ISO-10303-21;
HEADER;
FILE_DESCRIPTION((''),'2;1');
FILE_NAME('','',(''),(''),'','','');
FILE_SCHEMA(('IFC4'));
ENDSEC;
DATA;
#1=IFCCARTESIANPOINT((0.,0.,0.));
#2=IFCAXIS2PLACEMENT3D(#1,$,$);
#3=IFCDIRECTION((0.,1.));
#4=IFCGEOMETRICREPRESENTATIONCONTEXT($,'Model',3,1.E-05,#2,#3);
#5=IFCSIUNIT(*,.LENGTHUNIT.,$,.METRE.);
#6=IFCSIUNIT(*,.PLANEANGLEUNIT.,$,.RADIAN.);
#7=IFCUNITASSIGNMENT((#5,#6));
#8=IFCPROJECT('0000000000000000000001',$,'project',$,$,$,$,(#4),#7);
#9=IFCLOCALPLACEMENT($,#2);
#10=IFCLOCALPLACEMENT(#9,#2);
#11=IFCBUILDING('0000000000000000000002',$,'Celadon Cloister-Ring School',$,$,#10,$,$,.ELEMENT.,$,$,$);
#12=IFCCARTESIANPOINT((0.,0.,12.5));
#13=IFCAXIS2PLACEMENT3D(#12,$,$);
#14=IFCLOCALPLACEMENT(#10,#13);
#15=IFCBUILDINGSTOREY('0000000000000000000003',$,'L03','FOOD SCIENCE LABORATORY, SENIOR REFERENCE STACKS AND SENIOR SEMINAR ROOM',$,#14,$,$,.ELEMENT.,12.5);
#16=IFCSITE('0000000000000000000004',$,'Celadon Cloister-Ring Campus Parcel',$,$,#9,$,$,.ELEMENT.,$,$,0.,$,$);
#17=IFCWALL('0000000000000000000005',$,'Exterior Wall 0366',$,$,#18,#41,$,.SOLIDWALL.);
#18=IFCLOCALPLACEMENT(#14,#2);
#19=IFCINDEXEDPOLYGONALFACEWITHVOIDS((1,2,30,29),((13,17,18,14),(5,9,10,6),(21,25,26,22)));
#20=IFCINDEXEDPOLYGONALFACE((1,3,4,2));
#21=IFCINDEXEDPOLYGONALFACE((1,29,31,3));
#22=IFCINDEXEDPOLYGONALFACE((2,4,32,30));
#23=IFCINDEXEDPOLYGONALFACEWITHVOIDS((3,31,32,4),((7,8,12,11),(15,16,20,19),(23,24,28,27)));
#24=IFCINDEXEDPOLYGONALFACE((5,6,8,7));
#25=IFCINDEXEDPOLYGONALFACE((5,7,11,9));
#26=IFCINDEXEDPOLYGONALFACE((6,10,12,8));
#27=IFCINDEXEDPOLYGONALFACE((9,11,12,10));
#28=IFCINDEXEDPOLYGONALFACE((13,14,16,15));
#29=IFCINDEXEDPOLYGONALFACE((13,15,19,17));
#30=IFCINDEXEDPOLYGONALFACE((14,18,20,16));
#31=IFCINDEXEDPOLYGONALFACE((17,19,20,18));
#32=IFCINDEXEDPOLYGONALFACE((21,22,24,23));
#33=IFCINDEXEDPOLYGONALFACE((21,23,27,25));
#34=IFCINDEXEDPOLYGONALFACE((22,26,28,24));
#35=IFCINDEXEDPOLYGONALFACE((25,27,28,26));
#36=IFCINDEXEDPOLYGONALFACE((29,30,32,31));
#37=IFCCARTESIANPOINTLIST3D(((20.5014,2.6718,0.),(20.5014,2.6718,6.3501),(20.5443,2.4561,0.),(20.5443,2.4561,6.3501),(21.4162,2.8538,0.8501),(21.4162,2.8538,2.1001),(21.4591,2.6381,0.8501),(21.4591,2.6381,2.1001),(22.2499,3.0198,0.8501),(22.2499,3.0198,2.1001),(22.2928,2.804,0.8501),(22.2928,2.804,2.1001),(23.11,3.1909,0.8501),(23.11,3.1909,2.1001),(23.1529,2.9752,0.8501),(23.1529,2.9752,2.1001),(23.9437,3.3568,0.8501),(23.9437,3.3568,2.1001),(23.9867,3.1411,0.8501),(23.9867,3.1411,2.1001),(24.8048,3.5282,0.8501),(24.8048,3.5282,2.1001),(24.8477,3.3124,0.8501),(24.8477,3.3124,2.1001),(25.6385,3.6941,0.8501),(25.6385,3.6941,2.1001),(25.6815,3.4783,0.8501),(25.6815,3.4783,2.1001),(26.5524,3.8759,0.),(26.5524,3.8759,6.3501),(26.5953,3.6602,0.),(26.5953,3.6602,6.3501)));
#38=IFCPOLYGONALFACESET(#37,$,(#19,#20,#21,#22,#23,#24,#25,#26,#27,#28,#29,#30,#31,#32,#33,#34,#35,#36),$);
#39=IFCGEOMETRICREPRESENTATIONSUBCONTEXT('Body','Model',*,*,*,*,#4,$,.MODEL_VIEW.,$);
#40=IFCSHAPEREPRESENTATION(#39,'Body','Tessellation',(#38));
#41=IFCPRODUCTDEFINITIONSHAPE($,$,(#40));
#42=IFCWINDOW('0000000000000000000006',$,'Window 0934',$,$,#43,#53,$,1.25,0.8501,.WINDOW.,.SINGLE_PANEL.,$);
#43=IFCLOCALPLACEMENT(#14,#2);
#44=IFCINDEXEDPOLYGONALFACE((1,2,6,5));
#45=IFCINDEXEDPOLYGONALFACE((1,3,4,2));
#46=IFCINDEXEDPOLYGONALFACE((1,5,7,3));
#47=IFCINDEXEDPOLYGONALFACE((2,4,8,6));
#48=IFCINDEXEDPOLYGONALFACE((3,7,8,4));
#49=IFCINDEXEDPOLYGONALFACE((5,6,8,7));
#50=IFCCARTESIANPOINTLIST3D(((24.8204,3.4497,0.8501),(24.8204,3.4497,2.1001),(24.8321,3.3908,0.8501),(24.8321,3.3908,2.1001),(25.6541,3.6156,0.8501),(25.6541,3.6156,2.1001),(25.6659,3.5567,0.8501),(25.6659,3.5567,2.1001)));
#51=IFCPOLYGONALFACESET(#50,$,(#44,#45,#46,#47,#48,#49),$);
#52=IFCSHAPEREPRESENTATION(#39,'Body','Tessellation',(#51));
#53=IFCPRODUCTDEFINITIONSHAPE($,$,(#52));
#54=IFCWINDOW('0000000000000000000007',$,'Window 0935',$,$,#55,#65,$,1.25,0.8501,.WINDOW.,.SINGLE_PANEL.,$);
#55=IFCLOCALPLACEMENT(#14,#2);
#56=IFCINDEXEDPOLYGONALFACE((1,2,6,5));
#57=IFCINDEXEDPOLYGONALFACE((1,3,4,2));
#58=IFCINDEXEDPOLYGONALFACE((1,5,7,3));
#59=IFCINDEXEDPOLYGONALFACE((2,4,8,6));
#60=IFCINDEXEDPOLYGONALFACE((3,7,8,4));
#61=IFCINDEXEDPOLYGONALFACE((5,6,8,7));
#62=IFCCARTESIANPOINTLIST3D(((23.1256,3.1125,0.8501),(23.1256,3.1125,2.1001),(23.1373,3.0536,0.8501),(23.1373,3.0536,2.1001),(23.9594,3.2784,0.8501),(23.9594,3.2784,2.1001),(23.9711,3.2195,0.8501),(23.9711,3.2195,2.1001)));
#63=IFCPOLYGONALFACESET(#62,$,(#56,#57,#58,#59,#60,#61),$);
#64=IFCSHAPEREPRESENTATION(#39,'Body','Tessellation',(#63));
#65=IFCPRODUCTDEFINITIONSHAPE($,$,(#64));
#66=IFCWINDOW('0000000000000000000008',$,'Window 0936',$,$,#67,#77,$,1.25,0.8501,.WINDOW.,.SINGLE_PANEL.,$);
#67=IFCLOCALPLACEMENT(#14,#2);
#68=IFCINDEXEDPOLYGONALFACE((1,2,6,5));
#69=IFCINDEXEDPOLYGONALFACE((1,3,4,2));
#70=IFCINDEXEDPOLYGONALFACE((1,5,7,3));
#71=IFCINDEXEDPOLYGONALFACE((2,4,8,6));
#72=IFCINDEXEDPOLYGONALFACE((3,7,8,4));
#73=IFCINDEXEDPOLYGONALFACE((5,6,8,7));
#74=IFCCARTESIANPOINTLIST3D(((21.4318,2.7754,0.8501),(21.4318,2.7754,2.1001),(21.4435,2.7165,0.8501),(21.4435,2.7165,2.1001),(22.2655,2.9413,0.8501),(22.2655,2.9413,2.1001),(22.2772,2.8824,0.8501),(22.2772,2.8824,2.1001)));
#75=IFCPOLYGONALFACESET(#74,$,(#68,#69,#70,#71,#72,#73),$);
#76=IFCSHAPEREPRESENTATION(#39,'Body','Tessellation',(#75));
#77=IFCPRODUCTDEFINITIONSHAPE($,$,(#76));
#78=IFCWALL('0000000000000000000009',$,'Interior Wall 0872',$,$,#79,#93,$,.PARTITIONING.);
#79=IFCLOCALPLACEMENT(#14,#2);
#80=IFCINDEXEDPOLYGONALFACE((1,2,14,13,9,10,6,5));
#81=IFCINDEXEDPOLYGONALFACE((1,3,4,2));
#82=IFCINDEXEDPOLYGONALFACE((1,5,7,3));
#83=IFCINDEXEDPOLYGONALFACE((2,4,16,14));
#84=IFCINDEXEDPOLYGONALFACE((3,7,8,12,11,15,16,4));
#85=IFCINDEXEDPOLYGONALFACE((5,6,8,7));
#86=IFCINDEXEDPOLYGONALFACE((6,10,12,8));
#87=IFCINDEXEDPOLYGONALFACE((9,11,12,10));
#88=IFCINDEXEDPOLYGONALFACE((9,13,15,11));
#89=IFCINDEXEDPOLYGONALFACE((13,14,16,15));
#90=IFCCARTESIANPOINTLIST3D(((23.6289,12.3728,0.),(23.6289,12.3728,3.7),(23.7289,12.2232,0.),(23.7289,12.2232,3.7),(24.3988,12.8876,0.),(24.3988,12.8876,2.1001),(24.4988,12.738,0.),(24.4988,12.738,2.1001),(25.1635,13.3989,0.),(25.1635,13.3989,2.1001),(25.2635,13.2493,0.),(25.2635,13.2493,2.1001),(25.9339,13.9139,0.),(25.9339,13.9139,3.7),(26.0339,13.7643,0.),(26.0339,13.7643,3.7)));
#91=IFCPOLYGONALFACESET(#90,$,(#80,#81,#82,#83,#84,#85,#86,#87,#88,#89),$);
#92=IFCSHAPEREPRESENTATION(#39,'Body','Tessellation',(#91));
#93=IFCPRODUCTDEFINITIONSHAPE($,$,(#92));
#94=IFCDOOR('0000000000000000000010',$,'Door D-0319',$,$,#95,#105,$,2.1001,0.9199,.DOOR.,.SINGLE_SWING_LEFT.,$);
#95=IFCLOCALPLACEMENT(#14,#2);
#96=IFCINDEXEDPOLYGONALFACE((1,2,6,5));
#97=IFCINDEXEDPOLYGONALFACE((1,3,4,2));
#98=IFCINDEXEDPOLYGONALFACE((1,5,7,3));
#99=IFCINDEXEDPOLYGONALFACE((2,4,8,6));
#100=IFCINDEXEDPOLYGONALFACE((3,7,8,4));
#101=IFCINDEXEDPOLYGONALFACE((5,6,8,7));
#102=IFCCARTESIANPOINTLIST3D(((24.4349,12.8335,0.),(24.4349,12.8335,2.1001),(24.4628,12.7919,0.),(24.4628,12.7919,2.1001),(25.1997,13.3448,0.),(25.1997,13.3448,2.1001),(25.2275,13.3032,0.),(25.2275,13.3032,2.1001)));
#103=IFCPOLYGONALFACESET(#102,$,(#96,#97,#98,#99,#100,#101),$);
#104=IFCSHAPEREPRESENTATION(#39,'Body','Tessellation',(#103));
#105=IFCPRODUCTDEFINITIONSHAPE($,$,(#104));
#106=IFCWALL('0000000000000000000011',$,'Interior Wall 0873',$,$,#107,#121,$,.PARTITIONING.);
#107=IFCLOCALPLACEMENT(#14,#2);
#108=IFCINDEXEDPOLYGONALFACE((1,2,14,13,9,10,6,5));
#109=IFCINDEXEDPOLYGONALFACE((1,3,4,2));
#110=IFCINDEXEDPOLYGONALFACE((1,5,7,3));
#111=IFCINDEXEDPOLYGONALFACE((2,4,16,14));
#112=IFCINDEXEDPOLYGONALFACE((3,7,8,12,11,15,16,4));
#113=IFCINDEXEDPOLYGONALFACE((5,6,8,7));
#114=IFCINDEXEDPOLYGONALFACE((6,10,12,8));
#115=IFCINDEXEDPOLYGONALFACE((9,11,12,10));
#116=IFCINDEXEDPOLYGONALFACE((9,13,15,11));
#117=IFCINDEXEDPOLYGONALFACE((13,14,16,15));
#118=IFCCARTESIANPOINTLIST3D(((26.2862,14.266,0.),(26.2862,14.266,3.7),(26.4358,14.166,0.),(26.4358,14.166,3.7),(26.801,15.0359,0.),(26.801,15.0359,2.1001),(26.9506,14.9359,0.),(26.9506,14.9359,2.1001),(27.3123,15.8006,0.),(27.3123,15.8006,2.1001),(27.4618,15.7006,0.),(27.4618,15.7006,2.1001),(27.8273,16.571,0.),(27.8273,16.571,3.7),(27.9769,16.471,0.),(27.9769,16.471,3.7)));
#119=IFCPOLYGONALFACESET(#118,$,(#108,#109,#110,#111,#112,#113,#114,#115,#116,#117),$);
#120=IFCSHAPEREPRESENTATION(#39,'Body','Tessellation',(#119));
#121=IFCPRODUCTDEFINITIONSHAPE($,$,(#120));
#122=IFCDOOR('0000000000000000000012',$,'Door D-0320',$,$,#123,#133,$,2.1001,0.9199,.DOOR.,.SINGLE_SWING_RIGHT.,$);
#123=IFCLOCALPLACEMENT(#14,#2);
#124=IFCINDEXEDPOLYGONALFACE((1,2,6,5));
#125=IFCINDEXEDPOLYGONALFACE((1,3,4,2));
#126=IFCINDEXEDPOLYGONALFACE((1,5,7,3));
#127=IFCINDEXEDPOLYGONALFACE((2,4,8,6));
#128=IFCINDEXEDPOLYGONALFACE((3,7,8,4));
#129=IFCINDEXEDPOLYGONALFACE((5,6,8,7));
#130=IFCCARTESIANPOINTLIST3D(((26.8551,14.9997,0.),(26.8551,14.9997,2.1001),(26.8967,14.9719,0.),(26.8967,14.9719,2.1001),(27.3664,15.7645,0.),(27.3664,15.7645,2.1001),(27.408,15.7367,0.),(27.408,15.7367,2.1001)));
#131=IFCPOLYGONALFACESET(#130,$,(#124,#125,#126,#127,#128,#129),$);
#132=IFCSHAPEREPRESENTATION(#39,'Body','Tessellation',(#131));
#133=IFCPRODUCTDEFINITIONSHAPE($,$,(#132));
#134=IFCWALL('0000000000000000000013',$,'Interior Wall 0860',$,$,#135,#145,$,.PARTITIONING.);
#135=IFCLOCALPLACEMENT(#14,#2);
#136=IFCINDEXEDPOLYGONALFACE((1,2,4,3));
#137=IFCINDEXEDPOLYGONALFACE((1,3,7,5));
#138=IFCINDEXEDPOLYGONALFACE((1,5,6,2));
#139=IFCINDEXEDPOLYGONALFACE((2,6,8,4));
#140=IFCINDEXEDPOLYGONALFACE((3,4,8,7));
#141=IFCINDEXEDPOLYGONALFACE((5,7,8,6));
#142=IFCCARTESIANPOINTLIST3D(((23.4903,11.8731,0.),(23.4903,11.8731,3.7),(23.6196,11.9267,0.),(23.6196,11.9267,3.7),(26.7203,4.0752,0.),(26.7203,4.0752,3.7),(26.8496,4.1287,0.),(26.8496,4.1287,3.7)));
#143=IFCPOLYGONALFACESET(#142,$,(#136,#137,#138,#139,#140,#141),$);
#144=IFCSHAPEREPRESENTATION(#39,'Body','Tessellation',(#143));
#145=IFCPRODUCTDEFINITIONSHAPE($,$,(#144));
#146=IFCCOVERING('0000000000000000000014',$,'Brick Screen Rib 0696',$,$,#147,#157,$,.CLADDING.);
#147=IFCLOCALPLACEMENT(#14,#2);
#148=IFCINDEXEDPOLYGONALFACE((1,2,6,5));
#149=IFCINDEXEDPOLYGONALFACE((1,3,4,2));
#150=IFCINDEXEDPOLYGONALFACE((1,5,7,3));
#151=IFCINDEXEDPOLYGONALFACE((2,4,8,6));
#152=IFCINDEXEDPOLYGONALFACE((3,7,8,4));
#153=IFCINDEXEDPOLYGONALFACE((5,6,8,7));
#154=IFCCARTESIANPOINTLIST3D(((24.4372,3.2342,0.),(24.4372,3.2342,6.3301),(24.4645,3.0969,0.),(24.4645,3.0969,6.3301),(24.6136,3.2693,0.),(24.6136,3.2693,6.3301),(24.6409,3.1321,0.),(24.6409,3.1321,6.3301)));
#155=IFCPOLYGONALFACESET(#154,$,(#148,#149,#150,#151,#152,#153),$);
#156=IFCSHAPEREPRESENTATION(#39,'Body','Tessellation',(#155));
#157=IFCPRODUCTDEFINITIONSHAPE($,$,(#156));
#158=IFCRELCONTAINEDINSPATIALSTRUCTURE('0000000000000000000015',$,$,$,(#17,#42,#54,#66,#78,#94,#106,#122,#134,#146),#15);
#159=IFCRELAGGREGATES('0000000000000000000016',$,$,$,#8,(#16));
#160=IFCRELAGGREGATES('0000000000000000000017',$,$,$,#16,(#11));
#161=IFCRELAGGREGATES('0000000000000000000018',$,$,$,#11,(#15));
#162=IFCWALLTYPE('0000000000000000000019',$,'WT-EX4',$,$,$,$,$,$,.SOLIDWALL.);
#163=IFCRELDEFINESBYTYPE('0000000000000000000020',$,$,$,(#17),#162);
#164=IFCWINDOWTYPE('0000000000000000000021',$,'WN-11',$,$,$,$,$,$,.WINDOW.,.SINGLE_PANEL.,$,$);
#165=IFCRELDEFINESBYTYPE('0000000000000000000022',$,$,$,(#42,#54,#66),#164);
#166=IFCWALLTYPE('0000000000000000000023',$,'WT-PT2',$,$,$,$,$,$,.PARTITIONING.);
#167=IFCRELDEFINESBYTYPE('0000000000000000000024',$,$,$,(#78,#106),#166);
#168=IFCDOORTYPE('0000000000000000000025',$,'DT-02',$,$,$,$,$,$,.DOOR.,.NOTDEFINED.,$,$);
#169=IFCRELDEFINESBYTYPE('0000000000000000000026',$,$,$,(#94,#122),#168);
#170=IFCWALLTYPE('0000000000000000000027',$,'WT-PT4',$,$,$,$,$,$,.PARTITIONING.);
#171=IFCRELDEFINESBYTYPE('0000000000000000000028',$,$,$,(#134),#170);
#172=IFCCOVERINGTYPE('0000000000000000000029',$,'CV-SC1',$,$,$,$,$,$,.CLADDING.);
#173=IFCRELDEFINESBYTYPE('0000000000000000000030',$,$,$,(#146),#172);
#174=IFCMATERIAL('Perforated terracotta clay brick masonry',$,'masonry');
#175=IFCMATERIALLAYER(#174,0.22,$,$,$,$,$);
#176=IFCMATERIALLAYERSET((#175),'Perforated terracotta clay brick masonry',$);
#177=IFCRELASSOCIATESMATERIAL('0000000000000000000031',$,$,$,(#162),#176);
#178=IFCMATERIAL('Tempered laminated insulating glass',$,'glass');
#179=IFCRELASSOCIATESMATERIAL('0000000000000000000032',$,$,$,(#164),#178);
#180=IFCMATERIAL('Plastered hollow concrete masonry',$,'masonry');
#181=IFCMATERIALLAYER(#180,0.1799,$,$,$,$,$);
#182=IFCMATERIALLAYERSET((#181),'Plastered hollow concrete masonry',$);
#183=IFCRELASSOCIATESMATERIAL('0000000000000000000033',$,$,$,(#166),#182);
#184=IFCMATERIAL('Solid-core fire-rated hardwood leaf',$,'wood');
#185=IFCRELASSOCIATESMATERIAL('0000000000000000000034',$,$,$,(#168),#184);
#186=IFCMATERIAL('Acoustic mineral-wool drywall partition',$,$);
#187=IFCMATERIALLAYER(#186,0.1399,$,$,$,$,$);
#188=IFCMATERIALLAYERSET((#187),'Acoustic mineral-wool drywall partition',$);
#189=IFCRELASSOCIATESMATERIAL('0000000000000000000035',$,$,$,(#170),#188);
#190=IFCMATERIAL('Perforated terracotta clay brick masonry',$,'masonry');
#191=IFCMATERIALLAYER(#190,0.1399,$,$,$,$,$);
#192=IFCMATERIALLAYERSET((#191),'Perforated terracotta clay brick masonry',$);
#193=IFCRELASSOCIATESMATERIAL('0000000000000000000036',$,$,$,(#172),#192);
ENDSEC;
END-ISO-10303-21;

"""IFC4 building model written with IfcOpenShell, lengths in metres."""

from ifc_helpers import new_model, si_unit, direction, frame, frame_2d, origin, origin_2d, place, context, subcontext, project, spatial, rectangle, extrude, material, layer, layer_set, type_object, element, fill, save


model = new_model("IFC4")

# Units and contexts
model_context = context("Model", 3, precision=1e-05, world=origin(), true_north=direction((0.0, 1.0)))
body_context = subcontext(model_context, "Body", "Model", "MODEL_VIEW")
ifc_project = project(units=[si_unit("LENGTHUNIT", "METRE"), si_unit("PLANEANGLEUNIT", "RADIAN")], contexts=[model_context])

# Site, building, storey
site_placement = place(None, origin())
site = spatial("IfcSite", under=ifc_project, at=site_placement, Name="Celadon Cloister-Ring Campus Parcel", CompositionType="ELEMENT", RefElevation=0.0)
building_placement = place(site_placement, origin())
building = spatial("IfcBuilding", under=site, at=building_placement, Name="Celadon Cloister-Ring School", CompositionType="ELEMENT")
storey_placement = place(building_placement, frame((0.0, 0.0, 12.5)))
storey = spatial("IfcBuildingStorey", under=building, at=storey_placement, Name="L03", Description="FOOD SCIENCE LABORATORY, SENIOR REFERENCE STACKS AND SENIOR SEMINAR ROOM", CompositionType="ELEMENT", Elevation=12.5)

# Wall, openings, windows
ifc_material_1 = material(Name="Perforated terracotta clay brick masonry", Category="masonry")
ifc_layer_1 = layer(ifc_material_1, 0.22)
ifc_layer_set_1 = layer_set([ifc_layer_1], Name="Perforated terracotta clay brick masonry")
wall_type_1 = type_object("IfcWallType", Name="WT-EX4", PredefinedType="SOLIDWALL", material=ifc_layer_set_1)
wall_1_placement = place(storey_placement, frame((26.574, 3.7681, 0.0), z_axis=(0.0, 0.0, 1.0), x_axis=(-0.98077, -0.195165, 0.0)))
wall_1 = element("IfcWall", 1, at=wall_1_placement, inside=storey, type_object=wall_type_1, Name="Exterior Wall 0366", PredefinedType="SOLIDWALL", context=body_context, shape_type="SweptSolid", body=[
    extrude(rectangle(XDim=6.1697, YDim=0.22, at=frame_2d((3.085, 0.0))), origin(), (0.0, 0.0, 1.0), 6.3501),
])
opening_1_placement = place(wall_1_placement, frame((0.9319, 0.0, 0.8501)))
opening_1 = element("IfcOpeningElement", 2, at=opening_1_placement, cuts=wall_1, PredefinedType="OPENING", context=body_context, shape_type="SweptSolid", body=[
    extrude(rectangle(XDim=0.8501, YDim=1.25, at=frame_2d((0.425, 0.625))), frame((0.0, 0.1201, 0.0), z_axis=(0.0, -1.0, 0.0), x_axis=(1.0, 0.0, 0.0)), (0.0, 0.0, 1.0), 0.24),
])
opening_2_placement = place(wall_1_placement, frame((2.6599, 0.0, 0.8501)))
opening_2 = element("IfcOpeningElement", 3, at=opening_2_placement, cuts=wall_1, PredefinedType="OPENING", context=body_context, shape_type="SweptSolid", body=[
    extrude(rectangle(XDim=0.8501, YDim=1.25, at=frame_2d((0.425, 0.625))), frame((0.0, 0.1201, 0.0), z_axis=(0.0, -1.0, 0.0), x_axis=(1.0, 0.0, 0.0)), (0.0, 0.0, 1.0), 0.24),
])
opening_3_placement = place(wall_1_placement, frame((4.387, 0.0, 0.8501)))
opening_3 = element("IfcOpeningElement", 4, at=opening_3_placement, cuts=wall_1, PredefinedType="OPENING", context=body_context, shape_type="SweptSolid", body=[
    extrude(rectangle(XDim=0.8501, YDim=1.25, at=frame_2d((0.425, 0.625))), frame((0.0, 0.1201, 0.0), z_axis=(0.0, -1.0, 0.0), x_axis=(1.0, 0.0, 0.0)), (0.0, 0.0, 1.0), 0.24),
])
ifc_material_2 = material(Name="Tempered laminated insulating glass", Category="glass")
window_type = type_object("IfcWindowType", Name="WN-11", PartitioningType="SINGLE_PANEL", PredefinedType="WINDOW", material=ifc_material_2)
window_1_placement = place(opening_1_placement, origin())
window_1 = element("IfcWindow", 5, at=window_1_placement, inside=storey, type_object=window_type, Name="Window 0934", OverallHeight=1.25, OverallWidth=0.8501, PartitioningType="SINGLE_PANEL", PredefinedType="WINDOW", context=body_context, shape_type="SweptSolid", body=[
    extrude(rectangle(XDim=0.8501, YDim=1.25, at=frame_2d((0.425, 0.625))), frame((0.0, 0.03, 0.0), z_axis=(0.0, -1.0, 0.0), x_axis=(1.0, 0.0, 0.0)), (0.0, 0.0, 1.0), 0.0601),
])
fill(opening_1, window_1)
window_2_placement = place(opening_2_placement, origin())
window_2 = element("IfcWindow", 6, at=window_2_placement, inside=storey, type_object=window_type, Name="Window 0935", OverallHeight=1.25, OverallWidth=0.8501, PartitioningType="SINGLE_PANEL", PredefinedType="WINDOW", context=body_context, shape_type="SweptSolid", body=[
    extrude(rectangle(XDim=0.8501, YDim=1.25, at=frame_2d((0.425, 0.625))), frame((0.0, 0.03, 0.0), z_axis=(0.0, -1.0, 0.0), x_axis=(1.0, 0.0, 0.0)), (0.0, 0.0, 1.0), 0.0601),
])
fill(opening_2, window_2)
window_3_placement = place(opening_3_placement, origin())
window_3 = element("IfcWindow", 7, at=window_3_placement, inside=storey, type_object=window_type, Name="Window 0936", OverallHeight=1.25, OverallWidth=0.8501, PartitioningType="SINGLE_PANEL", PredefinedType="WINDOW", context=body_context, shape_type="SweptSolid", body=[
    extrude(rectangle(XDim=0.8501, YDim=1.25, at=frame_2d((0.425, 0.625))), frame((0.0, 0.03, 0.0), z_axis=(0.0, -1.0, 0.0), x_axis=(1.0, 0.0, 0.0)), (0.0, 0.0, 1.0), 0.0601),
])
fill(opening_3, window_3)

# Walls, openings, doors
ifc_material_3 = material(Name="Plastered hollow concrete masonry", Category="masonry")
ifc_layer_2 = layer(ifc_material_3, 0.1799)
ifc_layer_set_2 = layer_set([ifc_layer_2], Name="Plastered hollow concrete masonry")
wall_type_2 = type_object("IfcWallType", Name="WT-PT2", PredefinedType="PARTITIONING", material=ifc_layer_set_2)
wall_2_placement = place(storey_placement, frame((23.679, 12.2981, 0.0), z_axis=(0.0, 0.0, 1.0), x_axis=(0.831318, 0.555797, 0.0)))
wall_2 = element("IfcWall", 8, at=wall_2_placement, inside=storey, type_object=wall_type_2, Name="Interior Wall 0872", PredefinedType="PARTITIONING", context=body_context, shape_type="SweptSolid", body=[
    extrude(rectangle(XDim=2.7727, YDim=0.1799, at=frame_2d((1.3862, 0.0))), origin(), (0.0, 0.0, 1.0), 3.7),
])
opening_4_placement = place(wall_2_placement, frame((0.926, 0.0, 0.0)))
opening_4 = element("IfcOpeningElement", 9, at=opening_4_placement, cuts=wall_2, PredefinedType="OPENING", context=body_context, shape_type="SweptSolid", body=[
    extrude(rectangle(XDim=0.9199, YDim=2.1001, at=frame_2d((0.46, 1.05))), frame((0.0, 0.1001, 0.0), z_axis=(0.0, -1.0, 0.0), x_axis=(1.0, 0.0, 0.0)), (0.0, 0.0, 1.0), 0.2),
])
ifc_material_4 = material(Name="Solid-core fire-rated hardwood leaf", Category="wood")
door_type = type_object("IfcDoorType", Name="DT-02", OperationType="NOTDEFINED", PredefinedType="DOOR", material=ifc_material_4)
door_1_placement = place(opening_4_placement, origin())
door_1 = element("IfcDoor", 10, at=door_1_placement, inside=storey, type_object=door_type, Name="Door D-0319", OperationType="SINGLE_SWING_LEFT", OverallHeight=2.1001, OverallWidth=0.9199, PredefinedType="DOOR", context=body_context, shape_type="SweptSolid", body=[
    extrude(rectangle(XDim=0.9199, YDim=2.1001, at=frame_2d((0.46, 1.05))), frame((0.0, 0.0249, 0.0), z_axis=(0.0, -1.0, 0.0), x_axis=(1.0, 0.0, 0.0)), (0.0, 0.0, 1.0), 0.05),
])
fill(opening_4, door_1)
wall_3_placement = place(storey_placement, frame((26.3611, 14.2161, 0.0), z_axis=(0.0, 0.0, 1.0), x_axis=(0.555797, 0.831318, 0.0)))
wall_3 = element("IfcWall", 11, at=wall_3_placement, inside=storey, type_object=wall_type_2, Name="Interior Wall 0873", PredefinedType="PARTITIONING", context=body_context, shape_type="SweptSolid", body=[
    extrude(rectangle(XDim=2.7727, YDim=0.1799, at=frame_2d((1.3862, 0.0))), origin(), (0.0, 0.0, 1.0), 3.7),
])
opening_5_placement = place(wall_3_placement, frame((0.926, 0.0, 0.0)))
opening_5 = element("IfcOpeningElement", 12, at=opening_5_placement, cuts=wall_3, PredefinedType="OPENING", context=body_context, shape_type="SweptSolid", body=[
    extrude(rectangle(XDim=0.9199, YDim=2.1001, at=frame_2d((0.46, 1.05))), frame((0.0, 0.1001, 0.0), z_axis=(0.0, -1.0, 0.0), x_axis=(1.0, 0.0, 0.0)), (0.0, 0.0, 1.0), 0.2),
])
door_2_placement = place(opening_5_placement, origin())
door_2 = element("IfcDoor", 13, at=door_2_placement, inside=storey, type_object=door_type, Name="Door D-0320", OperationType="SINGLE_SWING_RIGHT", OverallHeight=2.1001, OverallWidth=0.9199, PredefinedType="DOOR", context=body_context, shape_type="SweptSolid", body=[
    extrude(rectangle(XDim=0.9199, YDim=2.1001, at=frame_2d((0.46, 1.05))), frame((0.0, 0.0249, 0.0), z_axis=(0.0, -1.0, 0.0), x_axis=(1.0, 0.0, 0.0)), (0.0, 0.0, 1.0), 0.05),
])
fill(opening_5, door_2)

# Wall
ifc_material_5 = material(Name="Acoustic mineral-wool drywall partition")
ifc_layer_3 = layer(ifc_material_5, 0.1399)
ifc_layer_set_3 = layer_set([ifc_layer_3], Name="Acoustic mineral-wool drywall partition")
wall_type_3 = type_object("IfcWallType", Name="WT-PT4", PredefinedType="PARTITIONING", material=ifc_layer_set_3)
wall_4_placement = place(storey_placement, frame((23.5549, 11.8999, 0.0), z_axis=(0.0, 0.0, 1.0), x_axis=(0.382684, -0.923879, 0.0)))
element("IfcWall", 14, at=wall_4_placement, inside=storey, type_object=wall_type_3, Name="Interior Wall 0860", PredefinedType="PARTITIONING", context=body_context, shape_type="SweptSolid", body=[
    extrude(rectangle(XDim=8.4404, YDim=0.1399, at=frame_2d((4.2202, 0.0))), origin(), (0.0, 0.0, 1.0), 3.7),
])

# Covering
ifc_material_6 = material(Name="Perforated terracotta clay brick masonry", Category="masonry")
ifc_layer_4 = layer(ifc_material_6, 0.1399)
ifc_layer_set_4 = layer_set([ifc_layer_4], Name="Perforated terracotta clay brick masonry")
covering_type = type_object("IfcCoveringType", Name="CV-SC1", PredefinedType="CLADDING", material=ifc_layer_set_4)
covering_placement = place(storey_placement, frame((24.5391, 3.1831, 0.0), z_axis=(0.0, 0.0, 1.0), x_axis=(-0.980775, -0.195142, 0.0)))
element("IfcCovering", 15, at=covering_placement, inside=storey, type_object=covering_type, Name="Brick Screen Rib 0696", PredefinedType="CLADDING", context=body_context, shape_type="SweptSolid", body=[
    extrude(rectangle(XDim=0.1799, YDim=0.1399, at=origin_2d()), origin(), (0.0, 0.0, 1.0), 6.3301),
])

save(model, "model.ifc")
